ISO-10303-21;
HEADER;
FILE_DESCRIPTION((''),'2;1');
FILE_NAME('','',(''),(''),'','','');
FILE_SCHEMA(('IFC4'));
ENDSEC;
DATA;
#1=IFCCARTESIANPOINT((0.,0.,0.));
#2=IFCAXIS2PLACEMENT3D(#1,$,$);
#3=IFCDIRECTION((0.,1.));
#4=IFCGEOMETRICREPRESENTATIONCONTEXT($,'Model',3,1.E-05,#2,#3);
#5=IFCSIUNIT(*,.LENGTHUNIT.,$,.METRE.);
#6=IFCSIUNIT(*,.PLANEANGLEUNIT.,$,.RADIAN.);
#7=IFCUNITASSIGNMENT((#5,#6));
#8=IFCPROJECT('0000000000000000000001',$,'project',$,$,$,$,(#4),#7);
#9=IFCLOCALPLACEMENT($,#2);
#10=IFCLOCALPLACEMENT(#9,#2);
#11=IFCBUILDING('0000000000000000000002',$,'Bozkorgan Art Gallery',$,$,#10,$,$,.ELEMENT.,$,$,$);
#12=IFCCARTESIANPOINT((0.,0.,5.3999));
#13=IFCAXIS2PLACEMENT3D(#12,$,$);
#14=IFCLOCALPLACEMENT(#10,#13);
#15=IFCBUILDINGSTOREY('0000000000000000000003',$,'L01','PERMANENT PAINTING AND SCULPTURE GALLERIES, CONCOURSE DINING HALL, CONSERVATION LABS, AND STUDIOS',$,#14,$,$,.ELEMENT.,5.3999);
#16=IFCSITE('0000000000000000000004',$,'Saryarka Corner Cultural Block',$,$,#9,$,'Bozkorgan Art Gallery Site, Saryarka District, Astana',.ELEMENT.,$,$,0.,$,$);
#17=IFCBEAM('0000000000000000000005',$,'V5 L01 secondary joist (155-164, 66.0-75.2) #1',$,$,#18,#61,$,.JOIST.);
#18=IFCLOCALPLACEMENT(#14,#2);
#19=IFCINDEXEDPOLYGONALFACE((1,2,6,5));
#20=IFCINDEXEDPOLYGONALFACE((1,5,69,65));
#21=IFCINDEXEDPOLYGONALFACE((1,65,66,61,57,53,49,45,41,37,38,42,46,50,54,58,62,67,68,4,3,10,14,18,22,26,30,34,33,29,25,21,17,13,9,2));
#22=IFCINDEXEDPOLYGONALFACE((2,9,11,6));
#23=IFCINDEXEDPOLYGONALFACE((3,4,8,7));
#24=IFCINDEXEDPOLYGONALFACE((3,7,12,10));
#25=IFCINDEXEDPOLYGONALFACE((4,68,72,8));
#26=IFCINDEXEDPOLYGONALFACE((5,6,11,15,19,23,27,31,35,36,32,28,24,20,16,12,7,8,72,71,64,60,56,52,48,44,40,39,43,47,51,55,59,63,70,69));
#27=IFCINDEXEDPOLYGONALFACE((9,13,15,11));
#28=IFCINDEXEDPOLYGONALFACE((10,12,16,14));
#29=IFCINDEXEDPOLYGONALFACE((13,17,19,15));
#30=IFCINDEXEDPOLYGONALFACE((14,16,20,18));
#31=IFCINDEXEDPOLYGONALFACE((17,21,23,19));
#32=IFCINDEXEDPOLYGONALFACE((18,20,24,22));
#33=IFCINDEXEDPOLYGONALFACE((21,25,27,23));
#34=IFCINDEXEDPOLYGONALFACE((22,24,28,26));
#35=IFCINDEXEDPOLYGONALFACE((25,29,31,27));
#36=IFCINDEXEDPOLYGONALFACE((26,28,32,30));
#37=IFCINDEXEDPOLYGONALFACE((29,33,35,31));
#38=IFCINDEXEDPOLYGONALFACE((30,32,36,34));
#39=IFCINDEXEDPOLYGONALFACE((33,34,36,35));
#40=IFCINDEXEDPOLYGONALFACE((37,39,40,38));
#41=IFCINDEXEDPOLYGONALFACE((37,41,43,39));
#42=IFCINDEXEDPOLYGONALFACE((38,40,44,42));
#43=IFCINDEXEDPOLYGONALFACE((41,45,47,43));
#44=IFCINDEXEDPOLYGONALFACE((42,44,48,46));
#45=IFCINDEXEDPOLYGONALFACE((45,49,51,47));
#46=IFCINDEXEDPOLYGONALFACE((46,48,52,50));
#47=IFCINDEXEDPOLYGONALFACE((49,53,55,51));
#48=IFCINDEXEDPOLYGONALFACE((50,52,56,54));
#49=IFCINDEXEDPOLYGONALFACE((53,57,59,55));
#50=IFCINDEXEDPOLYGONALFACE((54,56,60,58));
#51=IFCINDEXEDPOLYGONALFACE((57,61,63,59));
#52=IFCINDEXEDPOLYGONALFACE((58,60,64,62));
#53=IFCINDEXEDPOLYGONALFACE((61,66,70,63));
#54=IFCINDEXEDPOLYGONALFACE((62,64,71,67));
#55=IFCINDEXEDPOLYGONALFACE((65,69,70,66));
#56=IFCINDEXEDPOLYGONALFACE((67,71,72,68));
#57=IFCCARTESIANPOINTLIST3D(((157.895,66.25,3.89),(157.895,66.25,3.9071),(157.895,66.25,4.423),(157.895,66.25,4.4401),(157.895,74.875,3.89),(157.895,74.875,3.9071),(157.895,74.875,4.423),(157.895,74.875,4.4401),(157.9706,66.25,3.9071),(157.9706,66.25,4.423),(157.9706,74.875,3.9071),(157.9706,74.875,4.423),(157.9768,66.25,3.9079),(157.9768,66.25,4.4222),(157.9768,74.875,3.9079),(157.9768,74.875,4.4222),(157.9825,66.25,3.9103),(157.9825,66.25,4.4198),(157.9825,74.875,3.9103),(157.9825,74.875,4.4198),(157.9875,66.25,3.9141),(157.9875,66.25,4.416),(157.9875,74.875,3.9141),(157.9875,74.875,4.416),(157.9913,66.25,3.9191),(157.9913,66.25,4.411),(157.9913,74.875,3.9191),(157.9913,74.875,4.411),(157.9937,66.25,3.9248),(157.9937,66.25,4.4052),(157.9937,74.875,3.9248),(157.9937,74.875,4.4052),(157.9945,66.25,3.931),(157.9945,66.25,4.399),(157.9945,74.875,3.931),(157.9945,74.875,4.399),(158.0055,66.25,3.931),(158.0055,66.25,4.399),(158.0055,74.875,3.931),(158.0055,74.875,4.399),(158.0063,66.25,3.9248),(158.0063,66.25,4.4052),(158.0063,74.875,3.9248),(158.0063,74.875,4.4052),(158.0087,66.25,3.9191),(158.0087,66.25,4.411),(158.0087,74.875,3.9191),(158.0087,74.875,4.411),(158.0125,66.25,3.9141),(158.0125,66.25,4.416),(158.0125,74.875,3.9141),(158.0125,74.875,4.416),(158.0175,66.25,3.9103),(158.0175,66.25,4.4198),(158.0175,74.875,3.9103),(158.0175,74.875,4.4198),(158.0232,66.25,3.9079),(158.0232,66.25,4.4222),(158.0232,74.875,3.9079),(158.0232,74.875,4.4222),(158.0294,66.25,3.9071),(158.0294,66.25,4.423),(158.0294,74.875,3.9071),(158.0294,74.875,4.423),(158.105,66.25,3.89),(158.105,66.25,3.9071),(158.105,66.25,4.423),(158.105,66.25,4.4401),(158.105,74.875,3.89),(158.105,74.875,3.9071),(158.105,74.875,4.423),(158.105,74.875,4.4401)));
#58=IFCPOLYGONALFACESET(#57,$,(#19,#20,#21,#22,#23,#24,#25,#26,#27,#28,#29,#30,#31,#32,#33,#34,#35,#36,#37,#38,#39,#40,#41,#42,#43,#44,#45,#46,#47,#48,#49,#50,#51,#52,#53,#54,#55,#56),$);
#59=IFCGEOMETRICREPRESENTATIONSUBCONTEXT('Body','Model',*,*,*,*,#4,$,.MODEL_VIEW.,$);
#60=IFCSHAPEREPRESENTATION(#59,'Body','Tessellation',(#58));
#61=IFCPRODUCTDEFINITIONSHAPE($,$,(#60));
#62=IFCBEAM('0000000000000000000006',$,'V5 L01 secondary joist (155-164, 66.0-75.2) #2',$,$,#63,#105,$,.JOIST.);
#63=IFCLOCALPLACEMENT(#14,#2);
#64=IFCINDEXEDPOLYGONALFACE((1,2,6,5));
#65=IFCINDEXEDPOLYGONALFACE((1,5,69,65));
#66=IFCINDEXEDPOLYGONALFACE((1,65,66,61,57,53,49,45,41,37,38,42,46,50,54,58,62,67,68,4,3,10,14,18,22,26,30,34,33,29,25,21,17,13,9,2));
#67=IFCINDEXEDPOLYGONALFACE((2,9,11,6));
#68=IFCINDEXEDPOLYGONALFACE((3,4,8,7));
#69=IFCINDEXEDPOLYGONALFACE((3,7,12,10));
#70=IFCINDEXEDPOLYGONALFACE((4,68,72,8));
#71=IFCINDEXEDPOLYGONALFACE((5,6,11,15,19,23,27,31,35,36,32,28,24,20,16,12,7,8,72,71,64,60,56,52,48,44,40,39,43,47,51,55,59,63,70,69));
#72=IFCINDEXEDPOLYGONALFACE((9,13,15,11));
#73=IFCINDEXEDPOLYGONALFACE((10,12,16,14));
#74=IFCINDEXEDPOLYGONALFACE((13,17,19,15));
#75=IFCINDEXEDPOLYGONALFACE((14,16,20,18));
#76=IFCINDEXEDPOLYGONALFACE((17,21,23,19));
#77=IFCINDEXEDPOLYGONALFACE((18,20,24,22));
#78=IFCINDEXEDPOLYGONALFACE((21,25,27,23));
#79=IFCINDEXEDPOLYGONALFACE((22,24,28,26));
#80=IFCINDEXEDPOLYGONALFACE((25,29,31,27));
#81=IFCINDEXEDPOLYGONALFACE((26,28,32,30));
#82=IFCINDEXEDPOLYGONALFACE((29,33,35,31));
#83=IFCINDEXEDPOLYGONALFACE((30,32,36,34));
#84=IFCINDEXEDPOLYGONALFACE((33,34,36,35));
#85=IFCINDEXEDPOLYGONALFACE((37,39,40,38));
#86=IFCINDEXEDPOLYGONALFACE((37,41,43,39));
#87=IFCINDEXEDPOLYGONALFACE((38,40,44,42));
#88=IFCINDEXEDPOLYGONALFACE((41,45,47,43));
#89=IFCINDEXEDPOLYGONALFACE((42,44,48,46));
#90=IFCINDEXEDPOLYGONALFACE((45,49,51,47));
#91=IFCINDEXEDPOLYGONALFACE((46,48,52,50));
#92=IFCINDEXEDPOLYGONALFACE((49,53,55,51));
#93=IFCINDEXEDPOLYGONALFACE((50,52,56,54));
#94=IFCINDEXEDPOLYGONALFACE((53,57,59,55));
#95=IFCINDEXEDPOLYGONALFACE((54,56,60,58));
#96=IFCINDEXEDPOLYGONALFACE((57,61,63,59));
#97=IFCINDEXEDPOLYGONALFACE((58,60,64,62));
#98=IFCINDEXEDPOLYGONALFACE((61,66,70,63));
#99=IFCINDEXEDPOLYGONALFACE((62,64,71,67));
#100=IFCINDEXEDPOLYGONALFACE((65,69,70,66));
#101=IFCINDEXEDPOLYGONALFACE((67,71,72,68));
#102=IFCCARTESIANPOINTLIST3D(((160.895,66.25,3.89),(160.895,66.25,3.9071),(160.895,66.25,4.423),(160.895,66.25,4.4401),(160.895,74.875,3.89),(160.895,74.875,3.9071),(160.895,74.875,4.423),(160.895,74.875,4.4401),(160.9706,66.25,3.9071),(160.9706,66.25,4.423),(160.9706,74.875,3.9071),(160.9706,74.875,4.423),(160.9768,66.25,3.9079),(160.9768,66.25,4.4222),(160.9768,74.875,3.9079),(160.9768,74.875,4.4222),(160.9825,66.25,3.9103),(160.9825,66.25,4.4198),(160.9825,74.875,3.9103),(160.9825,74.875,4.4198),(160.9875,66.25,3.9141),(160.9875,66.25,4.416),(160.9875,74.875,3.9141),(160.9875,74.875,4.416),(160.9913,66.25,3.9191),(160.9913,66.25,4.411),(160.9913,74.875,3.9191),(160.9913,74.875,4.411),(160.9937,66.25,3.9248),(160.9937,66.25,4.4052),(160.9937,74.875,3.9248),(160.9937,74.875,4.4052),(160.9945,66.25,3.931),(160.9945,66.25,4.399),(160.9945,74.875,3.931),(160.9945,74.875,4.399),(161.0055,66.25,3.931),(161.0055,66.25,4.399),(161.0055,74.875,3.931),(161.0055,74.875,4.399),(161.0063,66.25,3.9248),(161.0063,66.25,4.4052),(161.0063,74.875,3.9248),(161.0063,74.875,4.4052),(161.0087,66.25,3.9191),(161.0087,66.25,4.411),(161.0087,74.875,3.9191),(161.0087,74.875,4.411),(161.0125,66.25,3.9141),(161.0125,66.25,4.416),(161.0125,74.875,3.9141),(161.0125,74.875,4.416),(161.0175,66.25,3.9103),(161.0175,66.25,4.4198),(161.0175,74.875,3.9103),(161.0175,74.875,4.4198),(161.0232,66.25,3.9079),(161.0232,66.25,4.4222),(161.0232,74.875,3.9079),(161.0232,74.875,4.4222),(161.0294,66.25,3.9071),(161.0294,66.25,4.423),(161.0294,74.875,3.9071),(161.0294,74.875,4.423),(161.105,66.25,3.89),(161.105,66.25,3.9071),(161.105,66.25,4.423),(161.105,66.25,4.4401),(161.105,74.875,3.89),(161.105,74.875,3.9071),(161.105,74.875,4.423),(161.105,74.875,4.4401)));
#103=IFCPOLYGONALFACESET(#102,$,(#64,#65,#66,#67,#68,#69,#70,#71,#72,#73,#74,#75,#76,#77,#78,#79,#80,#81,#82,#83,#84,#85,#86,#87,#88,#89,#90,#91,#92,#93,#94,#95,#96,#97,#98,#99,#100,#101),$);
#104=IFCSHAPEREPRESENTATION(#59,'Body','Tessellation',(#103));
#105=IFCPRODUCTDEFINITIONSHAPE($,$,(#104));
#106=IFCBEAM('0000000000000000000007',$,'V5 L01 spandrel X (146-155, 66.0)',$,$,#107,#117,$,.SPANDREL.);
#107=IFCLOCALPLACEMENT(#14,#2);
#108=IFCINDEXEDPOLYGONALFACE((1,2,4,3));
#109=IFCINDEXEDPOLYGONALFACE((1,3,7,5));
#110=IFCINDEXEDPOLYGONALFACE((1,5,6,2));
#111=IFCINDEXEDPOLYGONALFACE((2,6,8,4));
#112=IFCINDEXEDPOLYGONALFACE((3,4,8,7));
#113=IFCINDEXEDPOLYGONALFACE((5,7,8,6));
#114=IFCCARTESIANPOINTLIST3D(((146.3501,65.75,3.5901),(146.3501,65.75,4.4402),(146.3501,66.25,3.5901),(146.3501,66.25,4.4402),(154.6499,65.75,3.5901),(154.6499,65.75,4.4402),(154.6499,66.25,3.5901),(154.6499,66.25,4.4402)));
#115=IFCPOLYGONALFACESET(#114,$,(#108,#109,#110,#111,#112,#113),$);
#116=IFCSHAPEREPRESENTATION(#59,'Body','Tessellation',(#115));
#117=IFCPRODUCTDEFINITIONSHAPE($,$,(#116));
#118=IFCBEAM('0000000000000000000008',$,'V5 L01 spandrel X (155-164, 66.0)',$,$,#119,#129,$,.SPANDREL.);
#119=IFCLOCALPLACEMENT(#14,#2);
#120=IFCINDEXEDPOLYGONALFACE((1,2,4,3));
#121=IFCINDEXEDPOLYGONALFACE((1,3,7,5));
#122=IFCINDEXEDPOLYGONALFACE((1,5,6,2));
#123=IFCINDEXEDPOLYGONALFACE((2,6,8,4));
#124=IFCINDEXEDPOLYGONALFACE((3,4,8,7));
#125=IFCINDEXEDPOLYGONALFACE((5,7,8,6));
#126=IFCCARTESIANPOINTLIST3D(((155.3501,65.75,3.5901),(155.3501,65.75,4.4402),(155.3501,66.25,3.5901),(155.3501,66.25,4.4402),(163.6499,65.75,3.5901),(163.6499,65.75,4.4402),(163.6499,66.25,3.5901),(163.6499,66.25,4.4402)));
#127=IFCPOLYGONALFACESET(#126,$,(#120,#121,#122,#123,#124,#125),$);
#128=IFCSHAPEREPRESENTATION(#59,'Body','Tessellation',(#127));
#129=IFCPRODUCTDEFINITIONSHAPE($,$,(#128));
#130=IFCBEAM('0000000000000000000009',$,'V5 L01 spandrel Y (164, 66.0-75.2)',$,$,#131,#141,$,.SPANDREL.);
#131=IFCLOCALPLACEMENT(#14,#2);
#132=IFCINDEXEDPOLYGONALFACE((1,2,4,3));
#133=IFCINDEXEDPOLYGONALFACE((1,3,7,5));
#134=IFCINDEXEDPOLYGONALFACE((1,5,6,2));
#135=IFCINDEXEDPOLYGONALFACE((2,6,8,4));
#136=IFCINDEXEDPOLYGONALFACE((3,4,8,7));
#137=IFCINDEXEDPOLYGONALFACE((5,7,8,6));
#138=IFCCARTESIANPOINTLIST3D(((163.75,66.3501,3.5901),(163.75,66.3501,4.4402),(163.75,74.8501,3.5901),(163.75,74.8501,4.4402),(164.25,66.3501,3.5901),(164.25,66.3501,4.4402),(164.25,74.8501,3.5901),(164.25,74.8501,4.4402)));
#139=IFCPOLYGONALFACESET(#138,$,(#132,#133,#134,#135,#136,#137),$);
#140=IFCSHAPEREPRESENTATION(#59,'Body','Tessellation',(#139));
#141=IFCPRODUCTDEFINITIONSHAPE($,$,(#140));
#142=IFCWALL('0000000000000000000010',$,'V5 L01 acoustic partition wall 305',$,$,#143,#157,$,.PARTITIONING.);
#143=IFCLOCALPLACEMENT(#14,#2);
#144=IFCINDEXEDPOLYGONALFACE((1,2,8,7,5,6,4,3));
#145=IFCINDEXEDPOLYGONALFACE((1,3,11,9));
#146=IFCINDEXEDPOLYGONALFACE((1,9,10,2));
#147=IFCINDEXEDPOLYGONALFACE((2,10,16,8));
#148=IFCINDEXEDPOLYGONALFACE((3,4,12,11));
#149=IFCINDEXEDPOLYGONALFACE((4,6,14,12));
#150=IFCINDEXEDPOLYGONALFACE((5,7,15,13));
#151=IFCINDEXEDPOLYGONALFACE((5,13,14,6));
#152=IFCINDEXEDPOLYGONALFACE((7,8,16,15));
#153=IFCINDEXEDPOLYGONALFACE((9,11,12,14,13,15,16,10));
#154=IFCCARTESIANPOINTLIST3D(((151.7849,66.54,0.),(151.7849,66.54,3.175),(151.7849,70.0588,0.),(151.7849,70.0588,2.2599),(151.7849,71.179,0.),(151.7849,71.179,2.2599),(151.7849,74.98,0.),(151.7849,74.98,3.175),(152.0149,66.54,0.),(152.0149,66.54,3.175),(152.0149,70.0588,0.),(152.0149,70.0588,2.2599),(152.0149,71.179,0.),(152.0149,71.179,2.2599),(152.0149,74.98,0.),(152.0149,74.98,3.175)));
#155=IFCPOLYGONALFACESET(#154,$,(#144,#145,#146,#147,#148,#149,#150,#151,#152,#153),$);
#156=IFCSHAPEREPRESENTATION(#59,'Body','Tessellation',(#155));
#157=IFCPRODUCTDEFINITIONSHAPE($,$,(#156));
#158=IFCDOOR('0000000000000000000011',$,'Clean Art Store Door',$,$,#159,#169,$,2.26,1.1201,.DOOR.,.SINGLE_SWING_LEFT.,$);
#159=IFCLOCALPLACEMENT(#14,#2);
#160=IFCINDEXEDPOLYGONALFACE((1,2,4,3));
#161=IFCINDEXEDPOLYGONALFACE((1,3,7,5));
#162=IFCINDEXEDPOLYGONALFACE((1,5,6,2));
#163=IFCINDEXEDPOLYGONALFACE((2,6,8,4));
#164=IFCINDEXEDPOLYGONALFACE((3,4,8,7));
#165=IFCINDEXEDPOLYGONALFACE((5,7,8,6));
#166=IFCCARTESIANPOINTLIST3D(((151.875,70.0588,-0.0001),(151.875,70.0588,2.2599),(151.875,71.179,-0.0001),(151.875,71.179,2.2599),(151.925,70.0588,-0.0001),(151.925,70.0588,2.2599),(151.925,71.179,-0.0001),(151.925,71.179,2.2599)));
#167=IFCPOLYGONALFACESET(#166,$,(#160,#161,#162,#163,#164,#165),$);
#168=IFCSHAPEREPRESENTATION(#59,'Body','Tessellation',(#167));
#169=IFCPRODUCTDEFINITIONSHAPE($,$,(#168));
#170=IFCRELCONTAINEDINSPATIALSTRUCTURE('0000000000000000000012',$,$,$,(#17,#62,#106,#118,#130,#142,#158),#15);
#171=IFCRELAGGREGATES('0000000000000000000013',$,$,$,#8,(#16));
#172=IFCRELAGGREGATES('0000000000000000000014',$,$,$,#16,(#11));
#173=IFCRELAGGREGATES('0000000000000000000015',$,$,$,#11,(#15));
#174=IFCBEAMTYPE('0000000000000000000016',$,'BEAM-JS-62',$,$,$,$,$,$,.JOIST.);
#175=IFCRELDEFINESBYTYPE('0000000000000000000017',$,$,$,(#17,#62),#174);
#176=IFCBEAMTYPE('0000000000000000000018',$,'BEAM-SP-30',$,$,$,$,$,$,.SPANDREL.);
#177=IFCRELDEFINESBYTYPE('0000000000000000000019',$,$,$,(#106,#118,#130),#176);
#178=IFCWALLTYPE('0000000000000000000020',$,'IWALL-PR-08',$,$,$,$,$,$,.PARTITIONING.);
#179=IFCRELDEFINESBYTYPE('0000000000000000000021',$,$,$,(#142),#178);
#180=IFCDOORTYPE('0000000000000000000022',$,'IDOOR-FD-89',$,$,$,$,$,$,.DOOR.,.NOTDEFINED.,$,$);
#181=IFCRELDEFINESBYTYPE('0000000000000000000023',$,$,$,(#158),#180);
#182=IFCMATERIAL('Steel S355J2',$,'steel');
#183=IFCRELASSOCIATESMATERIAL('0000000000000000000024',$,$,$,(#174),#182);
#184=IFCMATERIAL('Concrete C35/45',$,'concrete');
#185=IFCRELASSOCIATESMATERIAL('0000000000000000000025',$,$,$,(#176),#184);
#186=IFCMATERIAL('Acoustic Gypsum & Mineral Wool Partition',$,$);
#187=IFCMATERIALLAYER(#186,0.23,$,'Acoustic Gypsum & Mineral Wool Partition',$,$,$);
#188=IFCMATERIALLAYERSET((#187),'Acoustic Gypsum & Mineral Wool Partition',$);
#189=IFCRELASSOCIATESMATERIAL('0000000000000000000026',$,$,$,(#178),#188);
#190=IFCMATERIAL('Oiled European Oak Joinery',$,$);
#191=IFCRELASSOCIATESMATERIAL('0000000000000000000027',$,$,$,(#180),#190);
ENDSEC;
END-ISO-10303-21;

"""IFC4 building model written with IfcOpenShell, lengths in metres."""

from ifc_helpers import new_model, si_unit, direction, frame, frame_2d, origin, origin_2d, place, context, subcontext, project, spatial, rectangle, i_section, extrude, material, layer, layer_set, material_profile, profile_set, type_object, element, fill, save


model = new_model("IFC4")

# Units and contexts
model_context = context("Model", 3, precision=1e-05, world=origin(), true_north=direction((0.0, 1.0)))
body_context = subcontext(model_context, "Body", "Model", "MODEL_VIEW")
ifc_project = project(units=[si_unit("LENGTHUNIT", "METRE"), si_unit("PLANEANGLEUNIT", "RADIAN")], contexts=[model_context])

# Site, building, storey
site_placement = place(None, origin())
site = spatial("IfcSite", under=ifc_project, at=site_placement, Name="Saryarka Corner Cultural Block", LongName="Bozkorgan Art Gallery Site, Saryarka District, Astana", CompositionType="ELEMENT", RefElevation=0.0)
building_placement = place(site_placement, origin())
building = spatial("IfcBuilding", under=site, at=building_placement, Name="Bozkorgan Art Gallery", CompositionType="ELEMENT")
storey_placement = place(building_placement, frame((0.0, 0.0, 5.3999)))
storey = spatial("IfcBuildingStorey", under=building, at=storey_placement, Name="L01", Description="PERMANENT PAINTING AND SCULPTURE GALLERIES, CONCOURSE DINING HALL, CONSERVATION LABS, AND STUDIOS", CompositionType="ELEMENT", Elevation=5.3999)

# Beams
ifc_material_1 = material(Name="Concrete C35/45", Category="concrete")
ifc_material_2 = material(Name="Steel S355J2", Category="steel")
ifc_material_profile_1 = material_profile(ifc_material_2, i_section(OverallWidth=0.21, OverallDepth=0.55, WebThickness=0.011, FlangeThickness=0.0171, FilletRadius=0.0239, at=origin_2d()), Name="IPE 550")
ifc_profile_set_1 = profile_set([ifc_material_profile_1], Name="Steel S355J2")
beam_type_1 = type_object("IfcBeamType", Name="BEAM-JS-62", PredefinedType="JOIST", material=ifc_profile_set_1)
for number, where, z_axis, x_axis, name in (
    (1, (158.0, 66.25, 4.165), (0.0, 1.0, 0.0), (-1.0, 0.0, 0.0), "V5 L01 secondary joist (155-164, 66.0-75.2) #1"),
    (2, (161.0, 66.25, 4.165), (0.0, 1.0, 0.0), (-1.0, 0.0, 0.0), "V5 L01 secondary joist (155-164, 66.0-75.2) #2"),
):
    element("IfcBeam", number, at=place(storey_placement, frame(where, z_axis=z_axis, x_axis=x_axis)), inside=storey, type_object=beam_type_1, Name=name, PredefinedType="JOIST", context=body_context, shape_type="SweptSolid", body=[
        extrude(i_section(OverallWidth=0.21, OverallDepth=0.55, WebThickness=0.011, FlangeThickness=0.0171, FilletRadius=0.0239, at=origin_2d()), origin(), (0.0, 0.0, 1.0), 8.625),
    ])
ifc_material_profile_2 = material_profile(ifc_material_1, rectangle(XDim=0.5, YDim=0.8501, at=origin_2d()), Name="RC 500x850")
ifc_profile_set_2 = profile_set([ifc_material_profile_2], Name="Concrete C35/45")
beam_type_2 = type_object("IfcBeamType", Name="BEAM-SP-30", PredefinedType="SPANDREL", material=ifc_profile_set_2)
for number, where, z_axis, x_axis, name in (
    (3, (146.3501, 66.0, 4.0151), (1.0, 0.0, 0.0), (0.0, 1.0, 0.0), "V5 L01 spandrel X (146-155, 66.0)"),
    (4, (155.3501, 66.0, 4.0151), (1.0, 0.0, 0.0), (0.0, 1.0, 0.0), "V5 L01 spandrel X (155-164, 66.0)"),
):
    element("IfcBeam", number, at=place(storey_placement, frame(where, z_axis=z_axis, x_axis=x_axis)), inside=storey, type_object=beam_type_2, Name=name, PredefinedType="SPANDREL", context=body_context, shape_type="SweptSolid", body=[
        extrude(rectangle(XDim=0.5, YDim=0.8501, at=origin_2d()), origin(), (0.0, 0.0, 1.0), 8.2998),
    ])
beam_1_placement = place(storey_placement, frame((164.0, 66.3501, 4.0151), z_axis=(0.0, 1.0, 0.0), x_axis=(-1.0, 0.0, 0.0)))
element("IfcBeam", 5, at=beam_1_placement, inside=storey, type_object=beam_type_2, Name="V5 L01 spandrel Y (164, 66.0-75.2)", PredefinedType="SPANDREL", context=body_context, shape_type="SweptSolid", body=[
    extrude(rectangle(XDim=0.5, YDim=0.8501, at=origin_2d()), origin(), (0.0, 0.0, 1.0), 8.5),
])

# Wall, opening, door
ifc_material_3 = material(Name="Acoustic Gypsum & Mineral Wool Partition")
ifc_layer_1 = layer(ifc_material_3, 0.23, Name="Acoustic Gypsum & Mineral Wool Partition")
ifc_layer_set_1 = layer_set([ifc_layer_1], Name="Acoustic Gypsum & Mineral Wool Partition")
wall_type_1 = type_object("IfcWallType", Name="IWALL-PR-08", PredefinedType="PARTITIONING", material=ifc_layer_set_1)
wall_1_placement = place(storey_placement, frame((151.8999, 66.54, 0.0), z_axis=(0.0, 0.0, 1.0), x_axis=(0.0, 1.0, 0.0)))
wall_1 = element("IfcWall", 6, at=wall_1_placement, inside=storey, type_object=wall_type_1, Name="V5 L01 acoustic partition wall 305", PredefinedType="PARTITIONING", context=body_context, shape_type="SweptSolid", body=[
    extrude(rectangle(XDim=8.4399, YDim=0.23, at=frame_2d((4.22, 0.0))), origin(), (0.0, 0.0, 1.0), 3.175),
])
opening_1_placement = place(wall_1_placement, frame((3.5188, 0.0, 0.0)))
opening_1 = element("IfcOpeningElement", 7, at=opening_1_placement, cuts=wall_1, PredefinedType="OPENING", context=body_context, shape_type="SweptSolid", body=[
    extrude(rectangle(XDim=1.1201, YDim=2.26, at=frame_2d((0.5601, 1.1299))), frame((0.0, 0.125, 0.0), z_axis=(0.0, -1.0, 0.0), x_axis=(1.0, 0.0, 0.0)), (0.0, 0.0, 1.0), 0.25),
])
ifc_material_4 = material(Name="Oiled European Oak Joinery")
door_type_1 = type_object("IfcDoorType", Name="IDOOR-FD-89", OperationType="NOTDEFINED", PredefinedType="DOOR", material=ifc_material_4)
door_1_placement = place(opening_1_placement, origin())
door_1 = element("IfcDoor", 8, at=door_1_placement, inside=storey, type_object=door_type_1, Name="Clean Art Store Door", OperationType="SINGLE_SWING_LEFT", OverallHeight=2.26, OverallWidth=1.1201, PredefinedType="DOOR", context=body_context, shape_type="SweptSolid", body=[
    extrude(rectangle(XDim=1.1201, YDim=2.26, at=frame_2d((0.5601, 1.1299))), frame((0.0, 0.0249, 0.0), z_axis=(0.0, -1.0, 0.0), x_axis=(1.0, 0.0, 0.0)), (0.0, 0.0, 1.0), 0.05),
])
fill(opening_1, door_1)

save(model, "model.ifc")
